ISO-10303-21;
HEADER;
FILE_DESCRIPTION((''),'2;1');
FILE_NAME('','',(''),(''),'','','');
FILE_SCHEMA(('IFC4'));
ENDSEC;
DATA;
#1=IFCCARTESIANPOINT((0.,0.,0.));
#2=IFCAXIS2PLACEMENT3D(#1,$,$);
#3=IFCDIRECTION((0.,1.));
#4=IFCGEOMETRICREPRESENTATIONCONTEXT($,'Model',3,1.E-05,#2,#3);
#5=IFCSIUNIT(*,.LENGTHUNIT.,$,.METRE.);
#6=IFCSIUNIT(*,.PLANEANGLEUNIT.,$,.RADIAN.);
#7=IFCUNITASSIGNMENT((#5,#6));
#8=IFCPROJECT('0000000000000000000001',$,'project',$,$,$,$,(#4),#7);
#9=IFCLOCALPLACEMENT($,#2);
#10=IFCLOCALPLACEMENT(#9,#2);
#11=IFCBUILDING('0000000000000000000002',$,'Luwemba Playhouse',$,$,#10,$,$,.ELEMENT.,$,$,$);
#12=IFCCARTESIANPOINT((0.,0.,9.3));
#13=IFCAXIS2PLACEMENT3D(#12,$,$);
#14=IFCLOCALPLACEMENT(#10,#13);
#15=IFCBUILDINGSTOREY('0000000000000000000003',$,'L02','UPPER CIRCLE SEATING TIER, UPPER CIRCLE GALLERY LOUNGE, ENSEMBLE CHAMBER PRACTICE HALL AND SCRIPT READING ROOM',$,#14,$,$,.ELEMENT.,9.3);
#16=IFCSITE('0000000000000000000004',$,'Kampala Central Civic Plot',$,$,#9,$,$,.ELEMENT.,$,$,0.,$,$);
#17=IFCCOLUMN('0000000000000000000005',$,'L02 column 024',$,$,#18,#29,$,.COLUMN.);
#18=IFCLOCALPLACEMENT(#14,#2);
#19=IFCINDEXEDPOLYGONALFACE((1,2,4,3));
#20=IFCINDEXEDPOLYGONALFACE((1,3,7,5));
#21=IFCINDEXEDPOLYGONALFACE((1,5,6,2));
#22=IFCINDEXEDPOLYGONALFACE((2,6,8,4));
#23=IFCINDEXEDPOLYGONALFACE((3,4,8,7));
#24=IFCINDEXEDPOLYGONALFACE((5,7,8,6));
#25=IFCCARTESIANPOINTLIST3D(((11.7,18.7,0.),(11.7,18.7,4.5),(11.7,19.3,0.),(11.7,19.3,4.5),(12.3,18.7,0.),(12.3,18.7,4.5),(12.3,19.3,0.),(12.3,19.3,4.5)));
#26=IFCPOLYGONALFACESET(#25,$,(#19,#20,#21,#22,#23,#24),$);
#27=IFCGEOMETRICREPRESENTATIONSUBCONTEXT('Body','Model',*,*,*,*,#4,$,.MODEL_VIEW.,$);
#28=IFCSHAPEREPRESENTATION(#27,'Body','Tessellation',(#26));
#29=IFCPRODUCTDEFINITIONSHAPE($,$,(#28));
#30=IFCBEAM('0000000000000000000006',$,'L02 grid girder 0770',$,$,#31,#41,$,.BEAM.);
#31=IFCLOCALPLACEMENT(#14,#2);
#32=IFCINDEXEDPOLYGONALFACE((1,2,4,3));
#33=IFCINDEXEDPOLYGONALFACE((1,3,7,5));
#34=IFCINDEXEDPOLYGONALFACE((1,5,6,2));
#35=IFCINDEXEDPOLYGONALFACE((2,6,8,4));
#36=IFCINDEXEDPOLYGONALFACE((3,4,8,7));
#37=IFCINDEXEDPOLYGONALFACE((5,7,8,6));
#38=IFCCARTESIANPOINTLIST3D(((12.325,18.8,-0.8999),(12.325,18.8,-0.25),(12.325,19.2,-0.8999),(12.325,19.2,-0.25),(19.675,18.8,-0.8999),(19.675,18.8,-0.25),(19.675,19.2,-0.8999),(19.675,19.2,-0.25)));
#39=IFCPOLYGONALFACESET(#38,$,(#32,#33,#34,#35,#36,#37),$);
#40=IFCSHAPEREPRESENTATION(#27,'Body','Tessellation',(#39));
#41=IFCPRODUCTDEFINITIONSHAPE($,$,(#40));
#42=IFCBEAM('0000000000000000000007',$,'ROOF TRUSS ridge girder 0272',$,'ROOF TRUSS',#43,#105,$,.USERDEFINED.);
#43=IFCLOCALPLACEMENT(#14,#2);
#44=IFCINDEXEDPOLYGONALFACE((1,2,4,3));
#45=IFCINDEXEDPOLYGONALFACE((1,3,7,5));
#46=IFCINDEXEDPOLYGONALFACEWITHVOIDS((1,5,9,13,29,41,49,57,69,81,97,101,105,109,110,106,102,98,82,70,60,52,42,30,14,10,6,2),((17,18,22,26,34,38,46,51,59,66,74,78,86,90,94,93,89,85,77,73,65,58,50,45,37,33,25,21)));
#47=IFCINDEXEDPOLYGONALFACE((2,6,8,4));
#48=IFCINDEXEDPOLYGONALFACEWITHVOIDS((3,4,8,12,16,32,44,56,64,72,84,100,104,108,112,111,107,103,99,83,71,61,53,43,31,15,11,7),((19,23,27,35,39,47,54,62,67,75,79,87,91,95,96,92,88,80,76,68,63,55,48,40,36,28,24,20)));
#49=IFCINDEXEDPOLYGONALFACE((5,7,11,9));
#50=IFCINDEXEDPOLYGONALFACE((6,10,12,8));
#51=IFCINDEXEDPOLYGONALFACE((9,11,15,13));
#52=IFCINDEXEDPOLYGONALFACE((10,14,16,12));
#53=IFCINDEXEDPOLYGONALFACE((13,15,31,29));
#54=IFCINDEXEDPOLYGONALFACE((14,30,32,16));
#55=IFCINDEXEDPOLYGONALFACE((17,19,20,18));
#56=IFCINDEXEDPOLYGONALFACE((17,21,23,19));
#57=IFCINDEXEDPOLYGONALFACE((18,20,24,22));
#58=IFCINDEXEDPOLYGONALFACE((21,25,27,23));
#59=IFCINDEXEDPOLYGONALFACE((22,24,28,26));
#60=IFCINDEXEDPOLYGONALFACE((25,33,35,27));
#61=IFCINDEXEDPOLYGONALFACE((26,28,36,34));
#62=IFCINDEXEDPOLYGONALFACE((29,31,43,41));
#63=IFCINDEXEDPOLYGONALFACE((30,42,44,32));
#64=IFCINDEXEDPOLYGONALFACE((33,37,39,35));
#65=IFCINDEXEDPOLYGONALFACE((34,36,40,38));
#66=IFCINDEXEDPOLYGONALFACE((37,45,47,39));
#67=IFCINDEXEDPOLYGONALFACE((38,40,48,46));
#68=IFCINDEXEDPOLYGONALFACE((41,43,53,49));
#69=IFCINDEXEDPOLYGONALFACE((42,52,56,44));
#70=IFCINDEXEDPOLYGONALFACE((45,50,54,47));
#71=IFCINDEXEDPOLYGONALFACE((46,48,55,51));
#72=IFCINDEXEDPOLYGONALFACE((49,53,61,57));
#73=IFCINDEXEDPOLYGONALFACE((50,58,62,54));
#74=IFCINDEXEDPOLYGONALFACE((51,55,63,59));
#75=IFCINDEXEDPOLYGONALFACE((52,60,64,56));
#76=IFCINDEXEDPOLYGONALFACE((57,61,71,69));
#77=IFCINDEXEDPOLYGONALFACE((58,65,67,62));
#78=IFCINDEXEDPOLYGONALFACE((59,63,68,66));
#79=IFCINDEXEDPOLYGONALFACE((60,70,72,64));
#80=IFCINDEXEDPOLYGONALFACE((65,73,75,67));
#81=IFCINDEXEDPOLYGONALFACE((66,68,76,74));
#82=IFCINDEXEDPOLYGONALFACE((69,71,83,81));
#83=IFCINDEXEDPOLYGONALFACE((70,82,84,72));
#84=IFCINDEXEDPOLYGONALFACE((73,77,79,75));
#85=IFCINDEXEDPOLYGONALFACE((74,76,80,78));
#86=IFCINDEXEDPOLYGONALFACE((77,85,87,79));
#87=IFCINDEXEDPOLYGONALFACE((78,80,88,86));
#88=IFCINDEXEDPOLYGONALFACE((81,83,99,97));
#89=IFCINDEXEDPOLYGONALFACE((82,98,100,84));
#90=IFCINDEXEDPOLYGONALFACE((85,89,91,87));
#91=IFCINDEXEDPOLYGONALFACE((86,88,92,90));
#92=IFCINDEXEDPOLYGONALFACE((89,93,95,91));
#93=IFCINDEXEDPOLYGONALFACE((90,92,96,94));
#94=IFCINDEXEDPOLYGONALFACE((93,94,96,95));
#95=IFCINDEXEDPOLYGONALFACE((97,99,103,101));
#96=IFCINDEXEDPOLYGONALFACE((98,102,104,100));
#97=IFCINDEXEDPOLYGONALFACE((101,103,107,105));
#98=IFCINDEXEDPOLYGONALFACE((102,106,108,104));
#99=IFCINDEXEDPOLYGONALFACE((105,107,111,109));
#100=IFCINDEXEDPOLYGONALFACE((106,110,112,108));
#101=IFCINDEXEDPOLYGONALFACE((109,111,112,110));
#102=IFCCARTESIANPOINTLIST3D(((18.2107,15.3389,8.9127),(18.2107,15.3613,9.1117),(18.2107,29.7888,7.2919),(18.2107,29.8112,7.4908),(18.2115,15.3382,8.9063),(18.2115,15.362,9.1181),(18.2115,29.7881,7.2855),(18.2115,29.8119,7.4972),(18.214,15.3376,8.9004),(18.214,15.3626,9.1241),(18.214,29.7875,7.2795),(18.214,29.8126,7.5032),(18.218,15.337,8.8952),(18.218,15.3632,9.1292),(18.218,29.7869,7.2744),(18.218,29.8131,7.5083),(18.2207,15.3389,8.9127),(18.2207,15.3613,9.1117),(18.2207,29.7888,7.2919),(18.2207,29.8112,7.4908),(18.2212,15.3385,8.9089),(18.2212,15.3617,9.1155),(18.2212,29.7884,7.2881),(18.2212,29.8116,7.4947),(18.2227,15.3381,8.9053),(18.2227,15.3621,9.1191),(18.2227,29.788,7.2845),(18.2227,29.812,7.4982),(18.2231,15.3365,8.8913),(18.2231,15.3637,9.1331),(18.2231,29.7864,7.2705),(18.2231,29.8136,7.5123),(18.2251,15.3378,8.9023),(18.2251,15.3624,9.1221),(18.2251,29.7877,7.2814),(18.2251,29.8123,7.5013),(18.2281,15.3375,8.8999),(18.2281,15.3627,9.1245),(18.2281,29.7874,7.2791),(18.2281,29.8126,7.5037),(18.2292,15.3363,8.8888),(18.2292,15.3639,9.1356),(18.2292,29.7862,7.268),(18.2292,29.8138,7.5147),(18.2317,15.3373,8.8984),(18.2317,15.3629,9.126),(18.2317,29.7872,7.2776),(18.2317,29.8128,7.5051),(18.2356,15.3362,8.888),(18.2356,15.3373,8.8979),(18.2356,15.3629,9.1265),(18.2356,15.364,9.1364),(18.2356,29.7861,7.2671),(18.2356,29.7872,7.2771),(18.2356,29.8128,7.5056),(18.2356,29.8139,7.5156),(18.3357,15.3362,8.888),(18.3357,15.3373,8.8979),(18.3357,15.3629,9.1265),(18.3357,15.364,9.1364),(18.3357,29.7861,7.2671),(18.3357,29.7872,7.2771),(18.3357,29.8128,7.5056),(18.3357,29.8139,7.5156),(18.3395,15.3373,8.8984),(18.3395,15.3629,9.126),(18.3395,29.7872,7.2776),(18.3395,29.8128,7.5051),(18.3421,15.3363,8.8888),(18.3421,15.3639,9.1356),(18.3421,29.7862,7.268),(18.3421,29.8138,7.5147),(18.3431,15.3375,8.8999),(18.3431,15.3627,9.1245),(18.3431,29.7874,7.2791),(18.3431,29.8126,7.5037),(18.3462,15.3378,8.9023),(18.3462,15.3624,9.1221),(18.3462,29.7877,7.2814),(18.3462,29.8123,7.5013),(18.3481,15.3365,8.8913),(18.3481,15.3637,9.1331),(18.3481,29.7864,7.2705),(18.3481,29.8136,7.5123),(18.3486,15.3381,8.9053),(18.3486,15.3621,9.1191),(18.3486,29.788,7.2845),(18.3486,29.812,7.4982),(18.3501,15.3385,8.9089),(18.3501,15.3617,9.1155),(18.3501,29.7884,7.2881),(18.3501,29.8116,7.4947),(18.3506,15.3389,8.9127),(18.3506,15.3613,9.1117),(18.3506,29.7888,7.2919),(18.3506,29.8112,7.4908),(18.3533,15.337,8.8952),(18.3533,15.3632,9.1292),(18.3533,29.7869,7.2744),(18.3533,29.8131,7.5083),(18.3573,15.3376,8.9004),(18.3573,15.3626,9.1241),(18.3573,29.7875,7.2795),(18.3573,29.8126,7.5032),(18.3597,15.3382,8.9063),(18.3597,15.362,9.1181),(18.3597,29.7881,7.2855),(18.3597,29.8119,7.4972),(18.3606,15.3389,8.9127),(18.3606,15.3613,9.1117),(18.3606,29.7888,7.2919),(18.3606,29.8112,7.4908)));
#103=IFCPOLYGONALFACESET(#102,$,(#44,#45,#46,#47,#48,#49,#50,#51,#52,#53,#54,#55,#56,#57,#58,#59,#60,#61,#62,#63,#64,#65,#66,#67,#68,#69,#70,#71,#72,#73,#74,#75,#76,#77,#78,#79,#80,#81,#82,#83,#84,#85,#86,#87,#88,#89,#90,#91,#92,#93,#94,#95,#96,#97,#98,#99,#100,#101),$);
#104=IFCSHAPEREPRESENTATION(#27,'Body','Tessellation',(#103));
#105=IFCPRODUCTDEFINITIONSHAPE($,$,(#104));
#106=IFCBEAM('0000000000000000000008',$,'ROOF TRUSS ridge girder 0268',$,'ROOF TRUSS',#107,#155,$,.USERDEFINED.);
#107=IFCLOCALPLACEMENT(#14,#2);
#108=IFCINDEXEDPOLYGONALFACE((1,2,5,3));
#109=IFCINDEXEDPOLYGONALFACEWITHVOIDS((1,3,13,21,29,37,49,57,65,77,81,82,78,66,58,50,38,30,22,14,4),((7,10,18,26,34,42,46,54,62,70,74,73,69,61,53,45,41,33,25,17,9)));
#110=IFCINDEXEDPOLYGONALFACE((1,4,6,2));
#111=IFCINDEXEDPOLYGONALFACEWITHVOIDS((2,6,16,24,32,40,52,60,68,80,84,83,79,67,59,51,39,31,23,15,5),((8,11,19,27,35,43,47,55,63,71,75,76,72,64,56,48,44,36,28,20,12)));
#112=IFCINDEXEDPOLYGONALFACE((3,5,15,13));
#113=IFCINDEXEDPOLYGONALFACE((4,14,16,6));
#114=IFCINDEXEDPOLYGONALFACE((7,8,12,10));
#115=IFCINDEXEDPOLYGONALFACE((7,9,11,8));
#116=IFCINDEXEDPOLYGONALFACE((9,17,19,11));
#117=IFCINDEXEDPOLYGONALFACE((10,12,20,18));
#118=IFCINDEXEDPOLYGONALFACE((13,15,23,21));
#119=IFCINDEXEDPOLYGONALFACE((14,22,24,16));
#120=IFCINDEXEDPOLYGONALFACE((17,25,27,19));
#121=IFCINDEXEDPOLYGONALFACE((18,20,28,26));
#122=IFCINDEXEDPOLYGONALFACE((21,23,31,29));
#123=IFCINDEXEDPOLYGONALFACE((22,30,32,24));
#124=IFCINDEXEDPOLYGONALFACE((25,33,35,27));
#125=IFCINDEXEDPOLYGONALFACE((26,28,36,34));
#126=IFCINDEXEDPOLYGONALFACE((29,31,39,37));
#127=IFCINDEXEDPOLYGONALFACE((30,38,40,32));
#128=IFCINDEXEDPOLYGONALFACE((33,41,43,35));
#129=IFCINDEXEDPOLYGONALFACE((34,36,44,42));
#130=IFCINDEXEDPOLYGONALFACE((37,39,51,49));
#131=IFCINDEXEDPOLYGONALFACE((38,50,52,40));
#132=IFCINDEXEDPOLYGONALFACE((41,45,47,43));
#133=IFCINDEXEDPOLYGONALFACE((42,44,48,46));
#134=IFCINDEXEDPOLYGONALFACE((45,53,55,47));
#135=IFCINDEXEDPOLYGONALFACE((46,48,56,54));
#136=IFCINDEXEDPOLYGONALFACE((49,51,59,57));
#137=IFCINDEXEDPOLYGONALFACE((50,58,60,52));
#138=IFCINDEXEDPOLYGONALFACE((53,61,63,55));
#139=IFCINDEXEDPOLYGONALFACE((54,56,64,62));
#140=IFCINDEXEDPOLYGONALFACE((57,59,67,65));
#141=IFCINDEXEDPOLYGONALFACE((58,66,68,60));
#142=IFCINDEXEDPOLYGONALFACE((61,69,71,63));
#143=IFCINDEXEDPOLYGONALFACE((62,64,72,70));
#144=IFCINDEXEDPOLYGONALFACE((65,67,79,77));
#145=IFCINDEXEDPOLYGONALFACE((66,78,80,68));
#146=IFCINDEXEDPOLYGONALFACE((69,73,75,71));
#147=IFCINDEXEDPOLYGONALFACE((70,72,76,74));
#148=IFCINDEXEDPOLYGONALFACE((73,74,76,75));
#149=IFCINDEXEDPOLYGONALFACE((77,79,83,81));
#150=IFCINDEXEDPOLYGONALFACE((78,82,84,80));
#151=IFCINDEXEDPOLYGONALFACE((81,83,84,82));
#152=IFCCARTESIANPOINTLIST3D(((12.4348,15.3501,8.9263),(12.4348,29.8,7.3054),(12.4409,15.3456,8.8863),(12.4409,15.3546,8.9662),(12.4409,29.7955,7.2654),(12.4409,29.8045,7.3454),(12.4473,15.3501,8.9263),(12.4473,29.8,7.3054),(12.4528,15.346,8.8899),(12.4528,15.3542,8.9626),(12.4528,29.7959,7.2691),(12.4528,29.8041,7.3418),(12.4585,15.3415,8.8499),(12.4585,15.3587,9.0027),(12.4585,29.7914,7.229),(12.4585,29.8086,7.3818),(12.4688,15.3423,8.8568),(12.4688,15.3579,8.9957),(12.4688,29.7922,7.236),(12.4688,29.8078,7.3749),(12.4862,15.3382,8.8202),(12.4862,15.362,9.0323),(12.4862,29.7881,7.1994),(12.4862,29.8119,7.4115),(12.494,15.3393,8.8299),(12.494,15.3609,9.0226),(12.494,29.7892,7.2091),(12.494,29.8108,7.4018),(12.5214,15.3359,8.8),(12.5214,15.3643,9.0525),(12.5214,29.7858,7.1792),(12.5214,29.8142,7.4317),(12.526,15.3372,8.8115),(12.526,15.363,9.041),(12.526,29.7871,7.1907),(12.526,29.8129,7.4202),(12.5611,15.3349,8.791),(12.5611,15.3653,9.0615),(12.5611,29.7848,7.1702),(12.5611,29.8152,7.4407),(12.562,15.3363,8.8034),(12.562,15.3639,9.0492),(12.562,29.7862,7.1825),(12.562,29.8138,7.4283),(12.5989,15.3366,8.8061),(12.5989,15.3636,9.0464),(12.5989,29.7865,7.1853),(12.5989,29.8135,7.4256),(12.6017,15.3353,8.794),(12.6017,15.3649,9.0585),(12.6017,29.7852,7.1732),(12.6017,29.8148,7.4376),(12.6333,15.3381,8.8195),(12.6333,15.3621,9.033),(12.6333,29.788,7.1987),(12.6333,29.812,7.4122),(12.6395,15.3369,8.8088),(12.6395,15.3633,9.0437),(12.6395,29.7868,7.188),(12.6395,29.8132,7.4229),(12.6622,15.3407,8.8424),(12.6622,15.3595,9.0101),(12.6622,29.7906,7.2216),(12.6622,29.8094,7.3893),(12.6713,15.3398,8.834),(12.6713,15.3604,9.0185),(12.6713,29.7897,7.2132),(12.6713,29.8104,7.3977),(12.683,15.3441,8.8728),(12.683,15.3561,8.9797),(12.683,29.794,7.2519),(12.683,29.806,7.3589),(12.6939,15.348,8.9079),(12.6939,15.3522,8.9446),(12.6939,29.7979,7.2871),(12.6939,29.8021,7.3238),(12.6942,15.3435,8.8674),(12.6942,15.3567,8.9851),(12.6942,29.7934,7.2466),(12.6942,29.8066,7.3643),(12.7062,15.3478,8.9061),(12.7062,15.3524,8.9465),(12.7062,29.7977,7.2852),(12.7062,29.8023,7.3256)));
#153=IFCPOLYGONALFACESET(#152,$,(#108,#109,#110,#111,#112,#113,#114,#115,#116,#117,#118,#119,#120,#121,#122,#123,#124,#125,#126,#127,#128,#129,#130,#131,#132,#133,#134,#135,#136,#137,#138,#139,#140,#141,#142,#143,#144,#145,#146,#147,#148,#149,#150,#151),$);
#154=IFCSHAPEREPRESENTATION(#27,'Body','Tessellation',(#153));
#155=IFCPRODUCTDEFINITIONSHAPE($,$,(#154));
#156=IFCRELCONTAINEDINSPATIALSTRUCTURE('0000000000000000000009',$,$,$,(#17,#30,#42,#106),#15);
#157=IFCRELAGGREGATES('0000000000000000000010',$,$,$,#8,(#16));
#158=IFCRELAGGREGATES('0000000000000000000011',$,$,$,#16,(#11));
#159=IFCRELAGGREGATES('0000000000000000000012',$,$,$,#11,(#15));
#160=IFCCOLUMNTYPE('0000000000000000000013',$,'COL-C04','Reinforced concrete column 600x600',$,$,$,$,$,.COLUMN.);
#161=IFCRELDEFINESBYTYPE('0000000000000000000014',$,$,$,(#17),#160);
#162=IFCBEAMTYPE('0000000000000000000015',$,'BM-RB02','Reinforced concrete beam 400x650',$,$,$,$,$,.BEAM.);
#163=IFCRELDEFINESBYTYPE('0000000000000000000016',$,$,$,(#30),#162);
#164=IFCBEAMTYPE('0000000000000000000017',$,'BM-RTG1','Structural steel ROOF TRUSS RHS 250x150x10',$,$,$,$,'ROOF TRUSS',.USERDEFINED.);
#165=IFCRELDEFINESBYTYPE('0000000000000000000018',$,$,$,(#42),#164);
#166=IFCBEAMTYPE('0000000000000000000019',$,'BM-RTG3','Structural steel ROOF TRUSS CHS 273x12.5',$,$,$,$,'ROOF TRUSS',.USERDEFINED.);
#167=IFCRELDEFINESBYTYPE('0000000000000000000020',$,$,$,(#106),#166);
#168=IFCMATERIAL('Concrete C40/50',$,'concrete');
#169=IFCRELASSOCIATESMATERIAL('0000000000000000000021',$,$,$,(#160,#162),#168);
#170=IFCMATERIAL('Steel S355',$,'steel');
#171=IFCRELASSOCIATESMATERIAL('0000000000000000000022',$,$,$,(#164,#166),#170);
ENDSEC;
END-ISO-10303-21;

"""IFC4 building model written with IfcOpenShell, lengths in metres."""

from ifc_helpers import new_model, si_unit, direction, frame, origin, origin_2d, place, context, subcontext, project, spatial, rectangle, hollow_rectangle, hollow_circle, extrude, material, material_profile, profile_set, type_object, element, save


model = new_model("IFC4")

# Units and contexts
model_context = context("Model", 3, precision=1e-05, world=origin(), true_north=direction((0.0, 1.0)))
body_context = subcontext(model_context, "Body", "Model", "MODEL_VIEW")
ifc_project = project(units=[si_unit("LENGTHUNIT", "METRE"), si_unit("PLANEANGLEUNIT", "RADIAN")], contexts=[model_context])

# Site, building, storey
site_placement = place(None, origin())
site = spatial("IfcSite", under=ifc_project, at=site_placement, Name="Kampala Central Civic Plot", CompositionType="ELEMENT", RefElevation=0.0)
building_placement = place(site_placement, origin())
building = spatial("IfcBuilding", under=site, at=building_placement, Name="Luwemba Playhouse", CompositionType="ELEMENT")
storey_placement = place(building_placement, frame((0.0, 0.0, 9.3)))
storey = spatial("IfcBuildingStorey", under=building, at=storey_placement, Name="L02", Description="UPPER CIRCLE SEATING TIER, UPPER CIRCLE GALLERY LOUNGE, ENSEMBLE CHAMBER PRACTICE HALL AND SCRIPT READING ROOM", CompositionType="ELEMENT", Elevation=9.3)

# Column
ifc_material_1 = material(Name="Concrete C40/50", Category="concrete")
ifc_material_profile_1 = material_profile(ifc_material_1, rectangle(XDim=0.6001, YDim=0.6001, at=origin_2d()))
ifc_profile_set_1 = profile_set([ifc_material_profile_1], Name="Concrete C40/50")
column_type = type_object("IfcColumnType", Name="COL-C04", Description="Reinforced concrete column 600x600", PredefinedType="COLUMN", material=ifc_profile_set_1)
column_placement = place(storey_placement, frame((12.0, 19.0, 0.0), z_axis=(0.0, 0.0, 1.0), x_axis=(1.0, 0.0, 0.0)))
element("IfcColumn", 1, at=column_placement, inside=storey, type_object=column_type, Name="L02 column 024", PredefinedType="COLUMN", context=body_context, shape_type="SweptSolid", body=[
    extrude(rectangle(XDim=0.6001, YDim=0.6001, at=origin_2d()), origin(), (0.0, 0.0, 1.0), 4.5),
])

# Beams
ifc_material_profile_2 = material_profile(ifc_material_1, rectangle(XDim=0.3999, YDim=0.6499, at=origin_2d()))
ifc_profile_set_2 = profile_set([ifc_material_profile_2], Name="Concrete C40/50")
beam_type_1 = type_object("IfcBeamType", Name="BM-RB02", Description="Reinforced concrete beam 400x650", PredefinedType="BEAM", material=ifc_profile_set_2)
beam_1_placement = place(storey_placement, frame((12.325, 19.0, -0.575), z_axis=(1.0, 0.0, 0.0), x_axis=(0.0, 1.0, 0.0)))
element("IfcBeam", 2, at=beam_1_placement, inside=storey, type_object=beam_type_1, Name="L02 grid girder 0770", PredefinedType="BEAM", context=body_context, shape_type="SweptSolid", body=[
    extrude(rectangle(XDim=0.3999, YDim=0.6499, at=origin_2d()), origin(), (0.0, 0.0, 1.0), 7.3501),
])
ifc_material_2 = material(Name="Steel S355", Category="steel")
ifc_material_profile_3 = material_profile(ifc_material_2, hollow_rectangle(XDim=0.1499, YDim=0.25, WallThickness=0.01, InnerFilletRadius=0.0149, OuterFilletRadius=0.0249, at=origin_2d()))
ifc_profile_set_3 = profile_set([ifc_material_profile_3], Name="Steel S355")
beam_type_2 = type_object("IfcBeamType", Name="BM-RTG1", Description="Structural steel ROOF TRUSS RHS 250x150x10", ElementType="ROOF TRUSS", PredefinedType="USERDEFINED", material=ifc_profile_set_3)
beam_2_placement = place(storey_placement, frame((18.2856, 15.3501, 9.0122), z_axis=(0.0, 0.993768, -0.111471), x_axis=(-1.0, 0.0, 0.0)))
element("IfcBeam", 3, at=beam_2_placement, inside=storey, type_object=beam_type_2, Name="ROOF TRUSS ridge girder 0272", ObjectType="ROOF TRUSS", PredefinedType="USERDEFINED", context=body_context, shape_type="SweptSolid", body=[
    extrude(hollow_rectangle(XDim=0.1499, YDim=0.25, WallThickness=0.01, InnerFilletRadius=0.0149, OuterFilletRadius=0.0249, at=origin_2d()), origin(), (0.0, 0.0, 1.0), 14.5405),
])
ifc_material_profile_4 = material_profile(ifc_material_2, hollow_circle(Radius=0.1365, WallThickness=0.0125, at=origin_2d()))
ifc_profile_set_4 = profile_set([ifc_material_profile_4], Name="Steel S355")
beam_type_3 = type_object("IfcBeamType", Name="BM-RTG3", Description="Structural steel ROOF TRUSS CHS 273x12.5", ElementType="ROOF TRUSS", PredefinedType="USERDEFINED", material=ifc_profile_set_4)
beam_3_placement = place(storey_placement, frame((12.5713, 15.3501, 8.9263), z_axis=(0.0, 0.993768, -0.111471), x_axis=(-1.0, 0.0, 0.0)))
element("IfcBeam", 4, at=beam_3_placement, inside=storey, type_object=beam_type_3, Name="ROOF TRUSS ridge girder 0268", ObjectType="ROOF TRUSS", PredefinedType="USERDEFINED", context=body_context, shape_type="SweptSolid", body=[
    extrude(hollow_circle(Radius=0.1365, WallThickness=0.0125, at=origin_2d()), origin(), (0.0, 0.0, 1.0), 14.5405),
])

save(model, "model.ifc")
